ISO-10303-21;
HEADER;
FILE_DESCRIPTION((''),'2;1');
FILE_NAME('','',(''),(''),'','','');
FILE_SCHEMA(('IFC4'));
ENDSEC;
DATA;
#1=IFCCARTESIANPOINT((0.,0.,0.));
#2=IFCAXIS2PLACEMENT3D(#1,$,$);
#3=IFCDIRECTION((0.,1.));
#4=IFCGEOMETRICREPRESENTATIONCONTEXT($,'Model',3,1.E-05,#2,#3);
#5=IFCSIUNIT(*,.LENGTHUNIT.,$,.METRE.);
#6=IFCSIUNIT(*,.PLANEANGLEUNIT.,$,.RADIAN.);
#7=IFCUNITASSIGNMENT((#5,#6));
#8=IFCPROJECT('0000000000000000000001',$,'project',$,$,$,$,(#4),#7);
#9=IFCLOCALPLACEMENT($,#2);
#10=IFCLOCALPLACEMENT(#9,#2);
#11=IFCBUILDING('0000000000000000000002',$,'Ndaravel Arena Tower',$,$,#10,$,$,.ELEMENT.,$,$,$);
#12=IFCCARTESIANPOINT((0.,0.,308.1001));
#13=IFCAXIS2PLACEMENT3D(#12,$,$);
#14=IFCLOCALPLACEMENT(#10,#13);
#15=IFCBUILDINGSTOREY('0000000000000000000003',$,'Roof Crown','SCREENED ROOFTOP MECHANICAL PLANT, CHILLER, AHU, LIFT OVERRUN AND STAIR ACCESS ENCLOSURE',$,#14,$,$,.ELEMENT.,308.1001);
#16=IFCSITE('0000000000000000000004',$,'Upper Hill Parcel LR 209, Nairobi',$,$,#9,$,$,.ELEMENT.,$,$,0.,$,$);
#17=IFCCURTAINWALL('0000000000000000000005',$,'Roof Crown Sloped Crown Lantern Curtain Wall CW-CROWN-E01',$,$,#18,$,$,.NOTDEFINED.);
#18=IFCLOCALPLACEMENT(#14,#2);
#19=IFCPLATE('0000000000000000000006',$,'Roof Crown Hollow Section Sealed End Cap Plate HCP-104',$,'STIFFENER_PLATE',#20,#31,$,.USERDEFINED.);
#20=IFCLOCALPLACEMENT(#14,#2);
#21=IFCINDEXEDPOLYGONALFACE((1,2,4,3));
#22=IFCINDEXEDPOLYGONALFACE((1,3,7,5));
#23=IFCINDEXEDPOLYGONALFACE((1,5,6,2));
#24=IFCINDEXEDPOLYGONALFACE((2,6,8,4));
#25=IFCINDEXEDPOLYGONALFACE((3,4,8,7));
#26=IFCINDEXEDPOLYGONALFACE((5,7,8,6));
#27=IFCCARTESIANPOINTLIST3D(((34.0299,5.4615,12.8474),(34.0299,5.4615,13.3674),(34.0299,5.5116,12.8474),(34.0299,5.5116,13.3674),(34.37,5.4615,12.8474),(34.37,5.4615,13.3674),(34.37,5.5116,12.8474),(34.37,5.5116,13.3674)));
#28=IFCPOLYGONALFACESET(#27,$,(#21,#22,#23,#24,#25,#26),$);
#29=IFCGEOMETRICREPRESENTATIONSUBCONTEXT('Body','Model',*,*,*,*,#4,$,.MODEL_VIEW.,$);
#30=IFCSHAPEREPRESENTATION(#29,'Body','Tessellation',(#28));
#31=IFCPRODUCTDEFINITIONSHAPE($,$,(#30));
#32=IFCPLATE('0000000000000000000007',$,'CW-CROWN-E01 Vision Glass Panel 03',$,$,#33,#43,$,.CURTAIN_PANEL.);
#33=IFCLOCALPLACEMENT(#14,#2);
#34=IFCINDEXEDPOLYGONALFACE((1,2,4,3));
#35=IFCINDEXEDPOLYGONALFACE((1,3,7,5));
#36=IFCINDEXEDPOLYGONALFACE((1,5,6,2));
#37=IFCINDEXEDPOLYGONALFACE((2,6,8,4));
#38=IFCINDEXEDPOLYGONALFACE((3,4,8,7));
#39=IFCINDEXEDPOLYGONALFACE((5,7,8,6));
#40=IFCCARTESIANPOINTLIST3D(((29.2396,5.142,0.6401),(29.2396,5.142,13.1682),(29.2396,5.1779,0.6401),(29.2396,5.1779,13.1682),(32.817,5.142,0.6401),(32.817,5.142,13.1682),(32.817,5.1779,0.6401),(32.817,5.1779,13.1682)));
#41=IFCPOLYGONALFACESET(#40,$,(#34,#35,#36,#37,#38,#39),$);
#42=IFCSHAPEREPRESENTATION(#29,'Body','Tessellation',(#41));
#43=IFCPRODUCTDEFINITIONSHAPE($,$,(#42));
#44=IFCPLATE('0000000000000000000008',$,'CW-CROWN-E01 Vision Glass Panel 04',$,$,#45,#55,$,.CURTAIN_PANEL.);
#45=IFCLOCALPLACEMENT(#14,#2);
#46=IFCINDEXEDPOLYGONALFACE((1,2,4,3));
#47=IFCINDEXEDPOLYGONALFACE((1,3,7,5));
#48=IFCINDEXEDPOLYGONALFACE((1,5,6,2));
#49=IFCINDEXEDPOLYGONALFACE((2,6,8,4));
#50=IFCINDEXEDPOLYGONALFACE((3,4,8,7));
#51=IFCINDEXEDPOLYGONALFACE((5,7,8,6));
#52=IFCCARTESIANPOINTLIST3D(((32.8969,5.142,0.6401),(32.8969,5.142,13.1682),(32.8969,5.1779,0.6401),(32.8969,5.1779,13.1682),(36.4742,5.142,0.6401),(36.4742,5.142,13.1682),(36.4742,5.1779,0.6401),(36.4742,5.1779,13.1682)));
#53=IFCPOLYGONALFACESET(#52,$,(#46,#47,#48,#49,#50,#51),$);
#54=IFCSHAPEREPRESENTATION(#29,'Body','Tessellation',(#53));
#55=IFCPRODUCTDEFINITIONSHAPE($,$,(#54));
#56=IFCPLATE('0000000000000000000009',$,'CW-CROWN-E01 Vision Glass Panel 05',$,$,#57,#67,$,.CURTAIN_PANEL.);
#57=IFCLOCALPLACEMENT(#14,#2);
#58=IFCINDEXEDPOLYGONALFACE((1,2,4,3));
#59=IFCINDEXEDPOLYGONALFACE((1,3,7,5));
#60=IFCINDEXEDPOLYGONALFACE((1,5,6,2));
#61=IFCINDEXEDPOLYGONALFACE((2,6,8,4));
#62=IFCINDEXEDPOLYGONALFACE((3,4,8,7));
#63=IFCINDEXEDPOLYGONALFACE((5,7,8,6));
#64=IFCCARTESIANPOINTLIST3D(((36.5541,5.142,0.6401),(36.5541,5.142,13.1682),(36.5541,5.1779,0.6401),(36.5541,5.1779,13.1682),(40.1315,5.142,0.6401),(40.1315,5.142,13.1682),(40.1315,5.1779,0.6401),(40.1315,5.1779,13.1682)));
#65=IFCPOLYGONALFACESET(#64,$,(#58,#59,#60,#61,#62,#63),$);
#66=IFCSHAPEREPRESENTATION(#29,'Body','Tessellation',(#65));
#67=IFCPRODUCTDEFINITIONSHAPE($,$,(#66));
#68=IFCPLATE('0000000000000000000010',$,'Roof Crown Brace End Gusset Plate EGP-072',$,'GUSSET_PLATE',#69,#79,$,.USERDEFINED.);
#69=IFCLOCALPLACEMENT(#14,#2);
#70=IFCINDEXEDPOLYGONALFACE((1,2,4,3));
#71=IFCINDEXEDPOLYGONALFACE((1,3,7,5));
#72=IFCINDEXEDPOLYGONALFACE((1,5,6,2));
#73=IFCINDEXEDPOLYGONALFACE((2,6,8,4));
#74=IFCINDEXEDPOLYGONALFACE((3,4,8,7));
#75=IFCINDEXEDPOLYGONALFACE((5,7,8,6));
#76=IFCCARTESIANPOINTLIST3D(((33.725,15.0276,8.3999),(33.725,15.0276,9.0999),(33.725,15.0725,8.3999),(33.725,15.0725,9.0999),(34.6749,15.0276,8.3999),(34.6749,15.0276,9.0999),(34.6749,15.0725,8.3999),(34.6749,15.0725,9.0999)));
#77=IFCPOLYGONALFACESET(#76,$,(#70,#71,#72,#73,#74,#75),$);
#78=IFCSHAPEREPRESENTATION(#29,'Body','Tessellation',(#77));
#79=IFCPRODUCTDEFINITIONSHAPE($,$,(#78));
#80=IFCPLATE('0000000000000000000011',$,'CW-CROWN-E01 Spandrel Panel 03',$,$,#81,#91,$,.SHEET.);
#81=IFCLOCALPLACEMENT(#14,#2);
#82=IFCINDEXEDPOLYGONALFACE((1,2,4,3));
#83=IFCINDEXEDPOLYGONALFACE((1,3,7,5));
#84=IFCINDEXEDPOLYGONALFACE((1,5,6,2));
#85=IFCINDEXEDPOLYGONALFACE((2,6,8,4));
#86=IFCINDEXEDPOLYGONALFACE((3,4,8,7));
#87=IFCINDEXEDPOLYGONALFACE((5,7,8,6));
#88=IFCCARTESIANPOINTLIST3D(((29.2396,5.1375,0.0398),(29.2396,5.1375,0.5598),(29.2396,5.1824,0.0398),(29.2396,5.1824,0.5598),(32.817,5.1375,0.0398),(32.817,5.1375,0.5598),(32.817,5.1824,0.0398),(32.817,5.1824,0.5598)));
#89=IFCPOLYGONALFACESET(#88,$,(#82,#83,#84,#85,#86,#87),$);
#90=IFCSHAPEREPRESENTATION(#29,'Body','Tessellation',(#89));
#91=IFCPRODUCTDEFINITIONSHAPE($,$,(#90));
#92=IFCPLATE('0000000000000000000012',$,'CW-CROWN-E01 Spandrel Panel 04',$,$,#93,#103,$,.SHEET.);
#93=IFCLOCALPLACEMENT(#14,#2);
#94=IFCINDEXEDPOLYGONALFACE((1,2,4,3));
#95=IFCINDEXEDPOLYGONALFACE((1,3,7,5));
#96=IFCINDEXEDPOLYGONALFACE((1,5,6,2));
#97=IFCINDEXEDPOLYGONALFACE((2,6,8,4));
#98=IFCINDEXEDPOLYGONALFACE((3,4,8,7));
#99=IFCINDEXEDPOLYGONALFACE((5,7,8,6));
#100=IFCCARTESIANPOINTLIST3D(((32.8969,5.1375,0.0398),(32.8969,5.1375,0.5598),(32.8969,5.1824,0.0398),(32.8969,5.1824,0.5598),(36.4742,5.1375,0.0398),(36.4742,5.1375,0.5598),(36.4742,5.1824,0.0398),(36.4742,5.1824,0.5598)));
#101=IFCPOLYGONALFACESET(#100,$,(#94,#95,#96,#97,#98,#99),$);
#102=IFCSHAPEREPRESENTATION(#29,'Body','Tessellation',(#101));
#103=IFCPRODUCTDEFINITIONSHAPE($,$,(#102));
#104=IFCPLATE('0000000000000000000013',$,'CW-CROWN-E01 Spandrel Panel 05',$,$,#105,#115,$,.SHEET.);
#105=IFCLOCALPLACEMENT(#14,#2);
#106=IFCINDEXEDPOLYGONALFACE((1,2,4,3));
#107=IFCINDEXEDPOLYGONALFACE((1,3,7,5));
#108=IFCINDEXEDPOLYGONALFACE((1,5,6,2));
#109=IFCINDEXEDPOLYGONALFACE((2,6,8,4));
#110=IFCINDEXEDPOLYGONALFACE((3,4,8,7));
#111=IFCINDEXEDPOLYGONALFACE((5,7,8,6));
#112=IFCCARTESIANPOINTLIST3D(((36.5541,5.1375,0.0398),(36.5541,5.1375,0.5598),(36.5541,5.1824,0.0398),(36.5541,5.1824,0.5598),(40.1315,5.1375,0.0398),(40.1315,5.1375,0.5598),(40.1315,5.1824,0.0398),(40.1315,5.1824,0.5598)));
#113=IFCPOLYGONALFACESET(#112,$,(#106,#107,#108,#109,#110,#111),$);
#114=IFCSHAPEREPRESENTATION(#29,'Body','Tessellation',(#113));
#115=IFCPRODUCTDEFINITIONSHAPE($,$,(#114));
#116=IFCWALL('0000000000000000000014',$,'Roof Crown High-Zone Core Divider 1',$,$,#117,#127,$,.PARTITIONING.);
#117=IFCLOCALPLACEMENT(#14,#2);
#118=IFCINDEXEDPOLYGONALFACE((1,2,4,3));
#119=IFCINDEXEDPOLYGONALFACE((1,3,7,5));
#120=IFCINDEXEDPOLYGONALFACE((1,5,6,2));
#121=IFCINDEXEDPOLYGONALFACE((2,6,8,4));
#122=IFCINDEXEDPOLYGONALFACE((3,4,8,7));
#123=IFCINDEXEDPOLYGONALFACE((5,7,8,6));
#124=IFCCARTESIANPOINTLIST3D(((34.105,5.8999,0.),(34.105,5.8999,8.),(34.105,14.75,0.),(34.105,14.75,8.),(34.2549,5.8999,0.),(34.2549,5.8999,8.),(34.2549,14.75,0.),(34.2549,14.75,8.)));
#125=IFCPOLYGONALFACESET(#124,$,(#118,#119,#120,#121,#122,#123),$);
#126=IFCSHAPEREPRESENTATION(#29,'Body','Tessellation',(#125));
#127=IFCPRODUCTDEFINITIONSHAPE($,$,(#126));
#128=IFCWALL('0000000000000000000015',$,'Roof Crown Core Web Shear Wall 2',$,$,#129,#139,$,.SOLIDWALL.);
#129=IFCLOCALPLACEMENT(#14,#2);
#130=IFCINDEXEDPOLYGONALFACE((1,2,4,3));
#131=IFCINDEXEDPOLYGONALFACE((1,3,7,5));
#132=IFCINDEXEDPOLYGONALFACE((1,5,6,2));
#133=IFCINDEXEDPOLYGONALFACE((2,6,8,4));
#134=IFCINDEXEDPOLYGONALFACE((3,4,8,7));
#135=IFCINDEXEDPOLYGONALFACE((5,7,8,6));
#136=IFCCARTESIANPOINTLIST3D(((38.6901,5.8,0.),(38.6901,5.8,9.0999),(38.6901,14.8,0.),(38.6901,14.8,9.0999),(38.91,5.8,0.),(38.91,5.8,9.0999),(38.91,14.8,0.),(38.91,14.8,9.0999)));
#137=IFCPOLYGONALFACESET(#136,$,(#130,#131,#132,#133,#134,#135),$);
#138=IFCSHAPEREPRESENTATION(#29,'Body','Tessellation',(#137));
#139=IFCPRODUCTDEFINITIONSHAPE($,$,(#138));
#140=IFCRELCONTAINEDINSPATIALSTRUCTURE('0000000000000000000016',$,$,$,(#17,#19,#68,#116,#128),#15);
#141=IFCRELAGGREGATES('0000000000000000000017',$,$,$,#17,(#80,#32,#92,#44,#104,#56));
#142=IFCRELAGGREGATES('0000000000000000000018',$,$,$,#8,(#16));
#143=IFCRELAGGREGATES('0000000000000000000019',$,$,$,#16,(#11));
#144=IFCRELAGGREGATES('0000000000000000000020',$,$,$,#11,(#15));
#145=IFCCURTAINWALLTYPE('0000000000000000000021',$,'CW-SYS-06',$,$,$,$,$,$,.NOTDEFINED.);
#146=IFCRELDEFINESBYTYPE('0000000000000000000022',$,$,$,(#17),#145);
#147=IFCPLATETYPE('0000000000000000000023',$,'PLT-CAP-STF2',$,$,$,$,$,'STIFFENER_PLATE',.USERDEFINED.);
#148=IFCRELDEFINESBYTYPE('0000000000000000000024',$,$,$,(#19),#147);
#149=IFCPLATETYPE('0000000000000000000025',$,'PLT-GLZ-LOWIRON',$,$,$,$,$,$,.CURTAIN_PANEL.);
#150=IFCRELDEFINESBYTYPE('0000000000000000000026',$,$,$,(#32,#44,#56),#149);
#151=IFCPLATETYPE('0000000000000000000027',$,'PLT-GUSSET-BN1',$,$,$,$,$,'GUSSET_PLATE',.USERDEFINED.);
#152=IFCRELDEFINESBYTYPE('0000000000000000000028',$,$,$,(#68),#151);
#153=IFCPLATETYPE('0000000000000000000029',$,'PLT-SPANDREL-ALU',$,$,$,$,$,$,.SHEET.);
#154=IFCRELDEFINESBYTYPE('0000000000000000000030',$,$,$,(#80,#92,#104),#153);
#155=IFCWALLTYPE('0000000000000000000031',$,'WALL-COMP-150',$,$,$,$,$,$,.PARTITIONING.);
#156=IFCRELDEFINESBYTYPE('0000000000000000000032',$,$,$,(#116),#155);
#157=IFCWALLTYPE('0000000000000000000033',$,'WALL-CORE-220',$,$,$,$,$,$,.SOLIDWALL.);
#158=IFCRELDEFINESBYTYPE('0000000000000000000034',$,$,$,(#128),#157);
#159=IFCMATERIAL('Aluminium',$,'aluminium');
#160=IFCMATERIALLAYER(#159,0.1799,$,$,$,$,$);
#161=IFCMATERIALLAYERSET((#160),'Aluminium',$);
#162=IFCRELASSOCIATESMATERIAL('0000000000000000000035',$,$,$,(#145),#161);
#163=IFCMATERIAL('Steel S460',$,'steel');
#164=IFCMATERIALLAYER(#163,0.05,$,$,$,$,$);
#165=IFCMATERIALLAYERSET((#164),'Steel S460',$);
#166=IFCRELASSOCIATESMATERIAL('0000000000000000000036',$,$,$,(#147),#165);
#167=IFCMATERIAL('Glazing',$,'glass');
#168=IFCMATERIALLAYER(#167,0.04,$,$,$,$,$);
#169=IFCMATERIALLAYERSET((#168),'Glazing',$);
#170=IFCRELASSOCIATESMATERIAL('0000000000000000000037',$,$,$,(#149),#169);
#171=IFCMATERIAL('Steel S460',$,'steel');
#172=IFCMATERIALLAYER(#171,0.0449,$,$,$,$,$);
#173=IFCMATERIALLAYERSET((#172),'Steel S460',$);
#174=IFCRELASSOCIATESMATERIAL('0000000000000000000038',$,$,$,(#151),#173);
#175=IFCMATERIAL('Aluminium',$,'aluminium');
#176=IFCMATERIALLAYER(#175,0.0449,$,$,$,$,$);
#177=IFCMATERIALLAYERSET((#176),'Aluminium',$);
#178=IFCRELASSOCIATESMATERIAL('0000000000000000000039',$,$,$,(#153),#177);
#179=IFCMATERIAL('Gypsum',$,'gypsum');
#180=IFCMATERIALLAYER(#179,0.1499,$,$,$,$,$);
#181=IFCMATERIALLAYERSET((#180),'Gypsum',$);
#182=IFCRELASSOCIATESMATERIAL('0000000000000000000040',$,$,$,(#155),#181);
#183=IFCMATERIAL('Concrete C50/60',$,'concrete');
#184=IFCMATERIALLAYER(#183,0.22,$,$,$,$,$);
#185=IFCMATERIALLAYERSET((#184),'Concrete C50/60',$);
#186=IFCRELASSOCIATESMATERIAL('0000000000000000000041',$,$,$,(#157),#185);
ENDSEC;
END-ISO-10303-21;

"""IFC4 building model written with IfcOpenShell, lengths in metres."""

from ifc_helpers import new_model, si_unit, direction, frame, frame_2d, origin, origin_2d, place, context, subcontext, project, spatial, rectangle, extrude, material, layer, layer_set, type_object, element, aggregate, save


model = new_model("IFC4")

# Units and contexts
model_context = context("Model", 3, precision=1e-05, world=origin(), true_north=direction((0.0, 1.0)))
body_context = subcontext(model_context, "Body", "Model", "MODEL_VIEW")
ifc_project = project(units=[si_unit("LENGTHUNIT", "METRE"), si_unit("PLANEANGLEUNIT", "RADIAN")], contexts=[model_context])

# Site, building, storey
site_placement = place(None, origin())
site = spatial("IfcSite", under=ifc_project, at=site_placement, Name="Upper Hill Parcel LR 209, Nairobi", CompositionType="ELEMENT", RefElevation=0.0)
building_placement = place(site_placement, origin())
building = spatial("IfcBuilding", under=site, at=building_placement, Name="Ndaravel Arena Tower", CompositionType="ELEMENT")
storey_placement = place(building_placement, frame((0.0, 0.0, 308.1001)))
storey = spatial("IfcBuildingStorey", under=building, at=storey_placement, Name="Roof Crown", Description="SCREENED ROOFTOP MECHANICAL PLANT, CHILLER, AHU, LIFT OVERRUN AND STAIR ACCESS ENCLOSURE", CompositionType="ELEMENT", Elevation=308.1001)

# Curtain wall
ifc_material_1 = material(Name="Aluminium", Category="aluminium")
ifc_layer_1 = layer(ifc_material_1, 0.1799)
ifc_layer_set_1 = layer_set([ifc_layer_1], Name="Aluminium")
curtain_wall_type = type_object("IfcCurtainWallType", Name="CW-SYS-06", PredefinedType="NOTDEFINED", material=ifc_layer_set_1)
curtain_wall_placement = place(storey_placement, origin())
curtain_wall = element("IfcCurtainWall", 1, at=curtain_wall_placement, inside=storey, type_object=curtain_wall_type, Name="Roof Crown Sloped Crown Lantern Curtain Wall CW-CROWN-E01", PredefinedType="NOTDEFINED")

# Plate
ifc_material_2 = material(Name="Steel S460", Category="steel")
ifc_layer_2 = layer(ifc_material_2, 0.05)
ifc_layer_set_2 = layer_set([ifc_layer_2], Name="Steel S460")
plate_type_1 = type_object("IfcPlateType", Name="PLT-CAP-STF2", ElementType="STIFFENER_PLATE", PredefinedType="USERDEFINED", material=ifc_layer_set_2)
for number, where, z_axis, x_axis, name in (
    (2, (34.2, 5.4866, 12.8474), (0.0, 0.0, 1.0), (0.0, 1.0, 0.0), "Roof Crown Hollow Section Sealed End Cap Plate HCP-104"),
):
    element("IfcPlate", number, at=place(storey_placement, frame(where, z_axis=z_axis, x_axis=x_axis)), inside=storey, type_object=plate_type_1, Name=name, ObjectType="STIFFENER_PLATE", PredefinedType="USERDEFINED", context=body_context, shape_type="SweptSolid", body=[
        extrude(rectangle(XDim=0.05, YDim=0.3401, at=origin_2d()), origin(), (0.0, 0.0, 1.0), 0.52),
    ])

# Plates
ifc_material_3 = material(Name="Glazing", Category="glass")
ifc_layer_3 = layer(ifc_material_3, 0.04)
ifc_layer_set_3 = layer_set([ifc_layer_3], Name="Glazing")
plate_type_2 = type_object("IfcPlateType", Name="PLT-GLZ-LOWIRON", PredefinedType="CURTAIN_PANEL", material=ifc_layer_set_3)
plate_1_placement = place(storey_placement, frame((31.0283, 5.1599, 0.6401), z_axis=(0.0, 0.0, 1.0), x_axis=(1.0, 0.0, 0.0)))
plate_1 = element("IfcPlate", 3, at=plate_1_placement, type_object=plate_type_2, Name="CW-CROWN-E01 Vision Glass Panel 03", PredefinedType="CURTAIN_PANEL", context=body_context, shape_type="SweptSolid", body=[
    extrude(rectangle(XDim=3.5774, YDim=0.0359, at=origin_2d()), origin(), (0.0, 0.0, 1.0), 12.5281),
])
plate_2_placement = place(storey_placement, frame((34.6855, 5.1599, 0.6401), z_axis=(0.0, 0.0, 1.0), x_axis=(1.0, 0.0, 0.0)))
plate_2 = element("IfcPlate", 4, at=plate_2_placement, type_object=plate_type_2, Name="CW-CROWN-E01 Vision Glass Panel 04", PredefinedType="CURTAIN_PANEL", context=body_context, shape_type="SweptSolid", body=[
    extrude(rectangle(XDim=3.5774, YDim=0.0359, at=origin_2d()), origin(), (0.0, 0.0, 1.0), 12.5281),
])
plate_3_placement = place(storey_placement, frame((38.3428, 5.1599, 0.6401), z_axis=(0.0, 0.0, 1.0), x_axis=(1.0, 0.0, 0.0)))
plate_3 = element("IfcPlate", 5, at=plate_3_placement, type_object=plate_type_2, Name="CW-CROWN-E01 Vision Glass Panel 05", PredefinedType="CURTAIN_PANEL", context=body_context, shape_type="SweptSolid", body=[
    extrude(rectangle(XDim=3.5774, YDim=0.0359, at=origin_2d()), origin(), (0.0, 0.0, 1.0), 12.5281),
])
ifc_material_4 = material(Name="Steel S460", Category="steel")
ifc_layer_4 = layer(ifc_material_4, 0.0449)
ifc_layer_set_4 = layer_set([ifc_layer_4], Name="Steel S460")
plate_type_3 = type_object("IfcPlateType", Name="PLT-GUSSET-BN1", ElementType="GUSSET_PLATE", PredefinedType="USERDEFINED", material=ifc_layer_set_4)
plate_4_placement = place(storey_placement, frame((34.2, 15.05, 8.3999), z_axis=(0.0, 0.0, 1.0), x_axis=(1.0, 0.0, 0.0)))
element("IfcPlate", 6, at=plate_4_placement, inside=storey, type_object=plate_type_3, Name="Roof Crown Brace End Gusset Plate EGP-072", ObjectType="GUSSET_PLATE", PredefinedType="USERDEFINED", context=body_context, shape_type="SweptSolid", body=[
    extrude(rectangle(XDim=0.95, YDim=0.0449, at=origin_2d()), origin(), (0.0, 0.0, 1.0), 0.7),
])
ifc_material_5 = material(Name="Aluminium", Category="aluminium")
ifc_layer_5 = layer(ifc_material_5, 0.0449)
ifc_layer_set_5 = layer_set([ifc_layer_5], Name="Aluminium")
plate_type_4 = type_object("IfcPlateType", Name="PLT-SPANDREL-ALU", PredefinedType="SHEET", material=ifc_layer_set_5)
plate_5_placement = place(storey_placement, frame((31.0283, 5.1599, 0.0398), z_axis=(0.0, 0.0, 1.0), x_axis=(1.0, 0.0, 0.0)))
plate_5 = element("IfcPlate", 7, at=plate_5_placement, type_object=plate_type_4, Name="CW-CROWN-E01 Spandrel Panel 03", PredefinedType="SHEET", context=body_context, shape_type="SweptSolid", body=[
    extrude(rectangle(XDim=3.5774, YDim=0.0449, at=origin_2d()), origin(), (0.0, 0.0, 1.0), 0.52),
])
plate_6_placement = place(storey_placement, frame((34.6855, 5.1599, 0.0398), z_axis=(0.0, 0.0, 1.0), x_axis=(1.0, 0.0, 0.0)))
plate_6 = element("IfcPlate", 8, at=plate_6_placement, type_object=plate_type_4, Name="CW-CROWN-E01 Spandrel Panel 04", PredefinedType="SHEET", context=body_context, shape_type="SweptSolid", body=[
    extrude(rectangle(XDim=3.5774, YDim=0.0449, at=origin_2d()), origin(), (0.0, 0.0, 1.0), 0.52),
])
plate_7_placement = place(storey_placement, frame((38.3428, 5.1599, 0.0398), z_axis=(0.0, 0.0, 1.0), x_axis=(1.0, 0.0, 0.0)))
plate_7 = element("IfcPlate", 9, at=plate_7_placement, type_object=plate_type_4, Name="CW-CROWN-E01 Spandrel Panel 05", PredefinedType="SHEET", context=body_context, shape_type="SweptSolid", body=[
    extrude(rectangle(XDim=3.5774, YDim=0.0449, at=origin_2d()), origin(), (0.0, 0.0, 1.0), 0.52),
])
aggregate(curtain_wall, [plate_5, plate_1, plate_6, plate_2, plate_7, plate_3])

# Walls
ifc_material_6 = material(Name="Gypsum", Category="gypsum")
ifc_layer_6 = layer(ifc_material_6, 0.1499)
ifc_layer_set_6 = layer_set([ifc_layer_6], Name="Gypsum")
wall_type_1 = type_object("IfcWallType", Name="WALL-COMP-150", PredefinedType="PARTITIONING", material=ifc_layer_set_6)
wall_1_placement = place(storey_placement, frame((34.1799, 5.8999, 0.0), z_axis=(0.0, 0.0, 1.0), x_axis=(0.0, 1.0, 0.0)))
element("IfcWall", 10, at=wall_1_placement, inside=storey, type_object=wall_type_1, Name="Roof Crown High-Zone Core Divider 1", PredefinedType="PARTITIONING", context=body_context, shape_type="SweptSolid", body=[
    extrude(rectangle(XDim=8.8501, YDim=0.1499, at=frame_2d((4.425, 0.0))), origin(), (0.0, 0.0, 1.0), 8.0),
])
ifc_material_7 = material(Name="Concrete C50/60", Category="concrete")
ifc_layer_7 = layer(ifc_material_7, 0.22)
ifc_layer_set_7 = layer_set([ifc_layer_7], Name="Concrete C50/60")
wall_type_2 = type_object("IfcWallType", Name="WALL-CORE-220", PredefinedType="SOLIDWALL", material=ifc_layer_set_7)
wall_2_placement = place(storey_placement, frame((38.8, 5.8, 0.0), z_axis=(0.0, 0.0, 1.0), x_axis=(0.0, 1.0, 0.0)))
element("IfcWall", 11, at=wall_2_placement, inside=storey, type_object=wall_type_2, Name="Roof Crown Core Web Shear Wall 2", PredefinedType="SOLIDWALL", context=body_context, shape_type="SweptSolid", body=[
    extrude(rectangle(XDim=9.0, YDim=0.22, at=frame_2d((4.5, 0.0))), origin(), (0.0, 0.0, 1.0), 9.0999),
])

save(model, "model.ifc")
